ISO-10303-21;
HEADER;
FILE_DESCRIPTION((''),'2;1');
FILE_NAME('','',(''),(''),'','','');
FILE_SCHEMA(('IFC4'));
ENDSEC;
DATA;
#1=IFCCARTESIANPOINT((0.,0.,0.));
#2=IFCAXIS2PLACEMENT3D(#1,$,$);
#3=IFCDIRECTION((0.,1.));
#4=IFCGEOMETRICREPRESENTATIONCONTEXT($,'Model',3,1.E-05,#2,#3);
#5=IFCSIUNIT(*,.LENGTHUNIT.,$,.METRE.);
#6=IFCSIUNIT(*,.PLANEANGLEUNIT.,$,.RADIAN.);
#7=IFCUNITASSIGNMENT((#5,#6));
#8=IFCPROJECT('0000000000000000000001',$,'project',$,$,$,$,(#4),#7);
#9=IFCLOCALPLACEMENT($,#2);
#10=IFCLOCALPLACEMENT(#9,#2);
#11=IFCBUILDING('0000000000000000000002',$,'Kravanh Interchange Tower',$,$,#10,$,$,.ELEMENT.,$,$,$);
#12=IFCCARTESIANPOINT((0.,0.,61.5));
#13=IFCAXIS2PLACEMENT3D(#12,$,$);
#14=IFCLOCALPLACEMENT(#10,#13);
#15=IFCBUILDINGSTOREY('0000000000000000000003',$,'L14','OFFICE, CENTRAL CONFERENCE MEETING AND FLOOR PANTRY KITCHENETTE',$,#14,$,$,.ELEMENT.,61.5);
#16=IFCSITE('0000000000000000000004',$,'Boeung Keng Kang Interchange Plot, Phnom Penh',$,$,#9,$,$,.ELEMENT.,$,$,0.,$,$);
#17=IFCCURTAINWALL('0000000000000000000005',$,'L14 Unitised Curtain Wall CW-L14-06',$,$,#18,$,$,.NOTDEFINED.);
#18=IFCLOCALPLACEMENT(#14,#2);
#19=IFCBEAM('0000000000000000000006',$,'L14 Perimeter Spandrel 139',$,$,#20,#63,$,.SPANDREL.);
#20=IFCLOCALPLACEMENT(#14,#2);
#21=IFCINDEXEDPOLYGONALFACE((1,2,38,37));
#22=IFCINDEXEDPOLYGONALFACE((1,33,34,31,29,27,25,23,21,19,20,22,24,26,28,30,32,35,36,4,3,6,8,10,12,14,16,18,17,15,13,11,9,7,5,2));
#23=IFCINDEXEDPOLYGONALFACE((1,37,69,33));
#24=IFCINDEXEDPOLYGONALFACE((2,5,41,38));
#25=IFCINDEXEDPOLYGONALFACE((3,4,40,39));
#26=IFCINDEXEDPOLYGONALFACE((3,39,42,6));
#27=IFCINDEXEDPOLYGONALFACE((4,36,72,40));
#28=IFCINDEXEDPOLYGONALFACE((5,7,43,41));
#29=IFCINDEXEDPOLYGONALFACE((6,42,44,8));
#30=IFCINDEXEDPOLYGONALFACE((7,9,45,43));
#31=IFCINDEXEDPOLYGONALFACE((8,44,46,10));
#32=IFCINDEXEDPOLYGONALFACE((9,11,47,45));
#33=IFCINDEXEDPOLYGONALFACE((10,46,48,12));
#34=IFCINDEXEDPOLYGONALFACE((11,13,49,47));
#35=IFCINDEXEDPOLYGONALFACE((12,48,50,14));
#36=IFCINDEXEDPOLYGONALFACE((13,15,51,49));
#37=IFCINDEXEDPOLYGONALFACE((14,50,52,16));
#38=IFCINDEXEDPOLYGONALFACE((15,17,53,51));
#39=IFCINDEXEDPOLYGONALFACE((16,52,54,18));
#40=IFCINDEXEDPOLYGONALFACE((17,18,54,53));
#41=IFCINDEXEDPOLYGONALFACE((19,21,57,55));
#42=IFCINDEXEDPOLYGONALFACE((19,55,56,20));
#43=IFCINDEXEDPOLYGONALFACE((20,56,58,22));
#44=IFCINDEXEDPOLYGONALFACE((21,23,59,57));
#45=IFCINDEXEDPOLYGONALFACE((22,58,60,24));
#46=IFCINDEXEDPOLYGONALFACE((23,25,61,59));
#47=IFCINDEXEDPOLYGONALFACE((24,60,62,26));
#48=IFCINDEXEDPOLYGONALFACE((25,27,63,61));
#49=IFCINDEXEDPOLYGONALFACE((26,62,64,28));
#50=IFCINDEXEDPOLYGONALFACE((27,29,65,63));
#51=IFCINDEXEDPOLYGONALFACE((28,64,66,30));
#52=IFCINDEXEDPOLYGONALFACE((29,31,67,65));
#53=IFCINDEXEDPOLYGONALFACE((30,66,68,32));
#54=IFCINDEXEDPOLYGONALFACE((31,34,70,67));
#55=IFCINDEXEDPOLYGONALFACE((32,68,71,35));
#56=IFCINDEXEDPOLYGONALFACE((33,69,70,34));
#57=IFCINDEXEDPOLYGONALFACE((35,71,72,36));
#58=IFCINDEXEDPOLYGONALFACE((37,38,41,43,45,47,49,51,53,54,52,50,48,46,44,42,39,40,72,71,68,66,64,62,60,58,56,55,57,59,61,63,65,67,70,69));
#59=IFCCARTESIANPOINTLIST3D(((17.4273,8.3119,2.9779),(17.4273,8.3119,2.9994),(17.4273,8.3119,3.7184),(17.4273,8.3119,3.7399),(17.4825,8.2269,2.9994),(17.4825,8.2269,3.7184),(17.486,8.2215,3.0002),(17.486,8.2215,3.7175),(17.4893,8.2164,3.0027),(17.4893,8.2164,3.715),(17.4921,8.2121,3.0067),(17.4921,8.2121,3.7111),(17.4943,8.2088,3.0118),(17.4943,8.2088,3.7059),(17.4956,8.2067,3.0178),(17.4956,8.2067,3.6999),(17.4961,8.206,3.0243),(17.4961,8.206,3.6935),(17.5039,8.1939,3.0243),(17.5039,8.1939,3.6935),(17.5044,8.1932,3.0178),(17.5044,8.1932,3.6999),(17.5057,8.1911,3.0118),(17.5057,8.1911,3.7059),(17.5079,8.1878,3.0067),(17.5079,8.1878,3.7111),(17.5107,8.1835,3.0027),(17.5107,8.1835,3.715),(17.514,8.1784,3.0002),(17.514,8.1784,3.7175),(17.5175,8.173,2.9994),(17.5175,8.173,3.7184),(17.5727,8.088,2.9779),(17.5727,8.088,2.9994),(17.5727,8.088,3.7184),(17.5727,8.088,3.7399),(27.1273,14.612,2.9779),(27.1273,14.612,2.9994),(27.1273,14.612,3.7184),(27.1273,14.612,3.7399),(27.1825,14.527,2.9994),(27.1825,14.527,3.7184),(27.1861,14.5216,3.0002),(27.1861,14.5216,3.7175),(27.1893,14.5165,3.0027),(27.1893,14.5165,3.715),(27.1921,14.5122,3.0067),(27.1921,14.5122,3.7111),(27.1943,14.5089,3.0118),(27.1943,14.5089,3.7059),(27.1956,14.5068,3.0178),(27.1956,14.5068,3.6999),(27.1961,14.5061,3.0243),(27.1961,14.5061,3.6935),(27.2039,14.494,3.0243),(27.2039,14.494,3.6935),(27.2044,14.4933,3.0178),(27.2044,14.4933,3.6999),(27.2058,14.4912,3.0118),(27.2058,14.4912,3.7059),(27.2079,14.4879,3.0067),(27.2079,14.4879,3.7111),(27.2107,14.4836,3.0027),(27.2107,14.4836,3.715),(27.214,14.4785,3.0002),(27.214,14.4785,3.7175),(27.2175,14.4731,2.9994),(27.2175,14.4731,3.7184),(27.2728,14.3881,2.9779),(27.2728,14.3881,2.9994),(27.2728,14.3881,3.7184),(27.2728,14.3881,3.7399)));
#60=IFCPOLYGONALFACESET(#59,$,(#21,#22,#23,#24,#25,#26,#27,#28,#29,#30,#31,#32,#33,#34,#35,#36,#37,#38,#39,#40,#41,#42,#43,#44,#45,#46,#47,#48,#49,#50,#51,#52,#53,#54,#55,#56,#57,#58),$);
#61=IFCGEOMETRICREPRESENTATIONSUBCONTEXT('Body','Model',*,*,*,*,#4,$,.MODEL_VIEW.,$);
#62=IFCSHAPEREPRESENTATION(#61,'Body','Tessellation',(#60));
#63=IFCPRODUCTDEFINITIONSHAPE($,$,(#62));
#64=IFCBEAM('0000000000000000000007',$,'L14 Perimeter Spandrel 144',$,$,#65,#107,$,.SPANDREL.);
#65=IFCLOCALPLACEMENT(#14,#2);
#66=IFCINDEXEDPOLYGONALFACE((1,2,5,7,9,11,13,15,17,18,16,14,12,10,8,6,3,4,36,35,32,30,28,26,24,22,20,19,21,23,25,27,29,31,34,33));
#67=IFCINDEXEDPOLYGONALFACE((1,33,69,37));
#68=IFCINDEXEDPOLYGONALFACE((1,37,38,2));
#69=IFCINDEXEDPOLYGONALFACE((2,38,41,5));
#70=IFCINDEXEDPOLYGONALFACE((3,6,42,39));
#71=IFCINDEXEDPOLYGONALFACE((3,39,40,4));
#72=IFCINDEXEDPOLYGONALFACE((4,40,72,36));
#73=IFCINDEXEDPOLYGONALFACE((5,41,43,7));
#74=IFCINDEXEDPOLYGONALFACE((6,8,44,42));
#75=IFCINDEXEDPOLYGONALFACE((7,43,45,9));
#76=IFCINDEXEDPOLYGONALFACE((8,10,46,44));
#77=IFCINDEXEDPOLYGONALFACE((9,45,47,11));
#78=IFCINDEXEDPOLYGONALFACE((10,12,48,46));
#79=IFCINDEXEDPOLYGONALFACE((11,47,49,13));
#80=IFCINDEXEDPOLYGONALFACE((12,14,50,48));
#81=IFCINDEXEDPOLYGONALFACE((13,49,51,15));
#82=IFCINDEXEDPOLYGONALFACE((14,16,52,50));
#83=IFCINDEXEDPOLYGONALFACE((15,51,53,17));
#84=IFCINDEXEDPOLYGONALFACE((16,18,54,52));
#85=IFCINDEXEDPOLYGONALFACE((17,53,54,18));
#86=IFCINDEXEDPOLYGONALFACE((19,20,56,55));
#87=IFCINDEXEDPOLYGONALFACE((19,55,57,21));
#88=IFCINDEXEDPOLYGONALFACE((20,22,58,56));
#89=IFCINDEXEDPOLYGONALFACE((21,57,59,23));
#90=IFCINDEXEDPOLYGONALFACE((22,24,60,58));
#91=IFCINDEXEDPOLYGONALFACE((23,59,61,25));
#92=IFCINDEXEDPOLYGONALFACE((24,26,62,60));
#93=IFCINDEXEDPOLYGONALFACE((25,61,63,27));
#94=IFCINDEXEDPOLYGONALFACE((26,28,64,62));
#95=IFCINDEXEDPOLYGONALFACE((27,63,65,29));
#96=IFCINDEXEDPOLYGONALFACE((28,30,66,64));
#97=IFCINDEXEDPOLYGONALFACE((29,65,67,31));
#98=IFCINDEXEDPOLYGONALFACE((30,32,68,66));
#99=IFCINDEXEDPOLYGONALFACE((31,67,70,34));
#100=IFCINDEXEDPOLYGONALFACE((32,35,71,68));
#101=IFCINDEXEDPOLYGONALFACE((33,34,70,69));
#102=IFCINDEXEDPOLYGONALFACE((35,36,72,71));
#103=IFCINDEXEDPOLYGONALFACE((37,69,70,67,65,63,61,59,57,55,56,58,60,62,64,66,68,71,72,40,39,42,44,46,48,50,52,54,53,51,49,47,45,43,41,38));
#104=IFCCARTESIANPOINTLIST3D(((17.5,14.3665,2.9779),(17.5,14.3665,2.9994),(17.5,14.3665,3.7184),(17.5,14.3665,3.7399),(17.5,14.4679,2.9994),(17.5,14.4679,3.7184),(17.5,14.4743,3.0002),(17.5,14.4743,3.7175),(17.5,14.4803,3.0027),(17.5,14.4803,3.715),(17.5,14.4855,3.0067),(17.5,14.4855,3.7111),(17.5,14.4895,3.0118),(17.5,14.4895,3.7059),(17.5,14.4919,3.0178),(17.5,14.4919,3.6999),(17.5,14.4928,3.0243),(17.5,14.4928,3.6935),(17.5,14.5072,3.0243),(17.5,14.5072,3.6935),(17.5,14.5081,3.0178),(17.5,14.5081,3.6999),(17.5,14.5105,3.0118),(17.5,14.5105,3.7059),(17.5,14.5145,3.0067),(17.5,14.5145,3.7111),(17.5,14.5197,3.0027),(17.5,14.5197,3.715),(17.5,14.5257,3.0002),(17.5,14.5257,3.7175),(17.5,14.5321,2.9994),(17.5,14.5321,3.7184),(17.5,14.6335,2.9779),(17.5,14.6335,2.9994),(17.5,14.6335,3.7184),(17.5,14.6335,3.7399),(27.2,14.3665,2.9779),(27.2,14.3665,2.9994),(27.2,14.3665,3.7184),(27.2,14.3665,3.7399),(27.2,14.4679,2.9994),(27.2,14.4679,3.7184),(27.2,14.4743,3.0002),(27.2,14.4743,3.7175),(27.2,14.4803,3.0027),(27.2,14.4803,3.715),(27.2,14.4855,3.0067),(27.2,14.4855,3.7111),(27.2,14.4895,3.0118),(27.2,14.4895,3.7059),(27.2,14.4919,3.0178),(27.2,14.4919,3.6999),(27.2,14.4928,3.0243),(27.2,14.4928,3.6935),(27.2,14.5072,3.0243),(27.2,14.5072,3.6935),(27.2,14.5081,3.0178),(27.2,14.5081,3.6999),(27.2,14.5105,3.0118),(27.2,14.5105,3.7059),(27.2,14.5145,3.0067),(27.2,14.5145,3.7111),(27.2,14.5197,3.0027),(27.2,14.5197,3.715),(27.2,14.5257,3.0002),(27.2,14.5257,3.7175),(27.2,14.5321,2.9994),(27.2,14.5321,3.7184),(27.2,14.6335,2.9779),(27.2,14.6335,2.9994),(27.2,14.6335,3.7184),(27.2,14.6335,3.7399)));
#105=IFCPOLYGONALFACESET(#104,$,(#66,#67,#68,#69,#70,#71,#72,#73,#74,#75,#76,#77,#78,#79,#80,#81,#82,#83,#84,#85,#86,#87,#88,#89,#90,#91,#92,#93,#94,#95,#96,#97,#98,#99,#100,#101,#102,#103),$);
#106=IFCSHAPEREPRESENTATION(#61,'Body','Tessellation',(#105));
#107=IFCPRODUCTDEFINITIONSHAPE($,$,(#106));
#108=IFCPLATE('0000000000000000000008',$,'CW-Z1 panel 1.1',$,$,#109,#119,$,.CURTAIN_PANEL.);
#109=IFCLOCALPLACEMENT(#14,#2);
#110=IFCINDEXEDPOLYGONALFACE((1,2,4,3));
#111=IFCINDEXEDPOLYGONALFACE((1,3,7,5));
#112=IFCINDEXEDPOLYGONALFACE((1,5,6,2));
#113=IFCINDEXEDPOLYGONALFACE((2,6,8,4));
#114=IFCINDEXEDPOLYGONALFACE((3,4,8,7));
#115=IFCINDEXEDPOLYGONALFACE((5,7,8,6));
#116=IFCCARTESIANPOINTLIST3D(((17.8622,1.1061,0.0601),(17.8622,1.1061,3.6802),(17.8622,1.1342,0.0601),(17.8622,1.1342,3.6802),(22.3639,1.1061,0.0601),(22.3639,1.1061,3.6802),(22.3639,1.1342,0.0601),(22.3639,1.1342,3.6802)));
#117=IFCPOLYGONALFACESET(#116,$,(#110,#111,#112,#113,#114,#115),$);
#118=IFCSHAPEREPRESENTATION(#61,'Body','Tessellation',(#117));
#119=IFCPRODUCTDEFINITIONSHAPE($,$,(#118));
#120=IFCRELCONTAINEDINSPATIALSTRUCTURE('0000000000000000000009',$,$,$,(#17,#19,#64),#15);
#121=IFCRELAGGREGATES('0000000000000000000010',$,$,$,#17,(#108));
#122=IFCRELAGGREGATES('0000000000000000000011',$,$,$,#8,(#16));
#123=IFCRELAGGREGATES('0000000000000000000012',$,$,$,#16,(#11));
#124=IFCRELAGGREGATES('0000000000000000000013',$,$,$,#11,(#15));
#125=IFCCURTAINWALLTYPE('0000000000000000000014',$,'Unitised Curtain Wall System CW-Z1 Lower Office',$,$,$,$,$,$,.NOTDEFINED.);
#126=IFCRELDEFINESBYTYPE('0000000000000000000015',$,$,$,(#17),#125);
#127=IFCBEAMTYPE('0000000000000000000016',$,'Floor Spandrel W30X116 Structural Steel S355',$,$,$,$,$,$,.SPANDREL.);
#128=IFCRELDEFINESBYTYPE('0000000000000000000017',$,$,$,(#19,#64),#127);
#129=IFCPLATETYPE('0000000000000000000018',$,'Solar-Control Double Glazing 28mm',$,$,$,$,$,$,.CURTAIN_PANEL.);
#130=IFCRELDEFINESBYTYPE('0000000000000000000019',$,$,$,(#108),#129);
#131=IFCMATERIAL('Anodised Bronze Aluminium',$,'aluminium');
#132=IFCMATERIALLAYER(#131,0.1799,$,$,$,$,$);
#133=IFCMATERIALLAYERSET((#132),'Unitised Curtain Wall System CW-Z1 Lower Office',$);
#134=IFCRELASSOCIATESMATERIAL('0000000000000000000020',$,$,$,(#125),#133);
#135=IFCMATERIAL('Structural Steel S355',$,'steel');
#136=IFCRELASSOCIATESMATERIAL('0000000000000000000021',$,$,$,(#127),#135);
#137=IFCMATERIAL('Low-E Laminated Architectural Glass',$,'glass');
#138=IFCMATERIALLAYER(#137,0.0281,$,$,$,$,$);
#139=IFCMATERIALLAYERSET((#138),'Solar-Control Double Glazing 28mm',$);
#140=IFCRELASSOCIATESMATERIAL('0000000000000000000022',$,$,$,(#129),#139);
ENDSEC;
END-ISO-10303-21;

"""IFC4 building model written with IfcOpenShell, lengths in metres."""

from ifc_helpers import new_model, si_unit, direction, frame, origin, origin_2d, place, context, subcontext, project, spatial, rectangle, i_section, extrude, material, layer, layer_set, material_profile, profile_set, type_object, element, aggregate, save


model = new_model("IFC4")

# Units and contexts
model_context = context("Model", 3, precision=1e-05, world=origin(), true_north=direction((0.0, 1.0)))
body_context = subcontext(model_context, "Body", "Model", "MODEL_VIEW")
ifc_project = project(units=[si_unit("LENGTHUNIT", "METRE"), si_unit("PLANEANGLEUNIT", "RADIAN")], contexts=[model_context])

# Site, building, storey
site_placement = place(None, origin())
site = spatial("IfcSite", under=ifc_project, at=site_placement, Name="Boeung Keng Kang Interchange Plot, Phnom Penh", CompositionType="ELEMENT", RefElevation=0.0)
building_placement = place(site_placement, origin())
building = spatial("IfcBuilding", under=site, at=building_placement, Name="Kravanh Interchange Tower", CompositionType="ELEMENT")
storey_placement = place(building_placement, frame((0.0, 0.0, 61.5)))
storey = spatial("IfcBuildingStorey", under=building, at=storey_placement, Name="L14", Description="OFFICE, CENTRAL CONFERENCE MEETING AND FLOOR PANTRY KITCHENETTE", CompositionType="ELEMENT", Elevation=61.5)

# Curtain wall
ifc_material_1 = material(Name="Anodised Bronze Aluminium", Category="aluminium")
ifc_layer_1 = layer(ifc_material_1, 0.1799)
ifc_layer_set_1 = layer_set([ifc_layer_1], Name="Unitised Curtain Wall System CW-Z1 Lower Office")
curtain_wall_type = type_object("IfcCurtainWallType", Name="Unitised Curtain Wall System CW-Z1 Lower Office", PredefinedType="NOTDEFINED", material=ifc_layer_set_1)
curtain_wall_placement = place(storey_placement, origin())
curtain_wall = element("IfcCurtainWall", 1, at=curtain_wall_placement, inside=storey, type_object=curtain_wall_type, Name="L14 Unitised Curtain Wall CW-L14-06", PredefinedType="NOTDEFINED")

# Beams
ifc_material_2 = material(Name="Structural Steel S355", Category="steel")
ifc_material_profile_1 = material_profile(ifc_material_2, i_section(OverallWidth=0.2671, OverallDepth=0.762, WebThickness=0.0144, FlangeThickness=0.0215, FilletRadius=0.0249, at=origin_2d()), Name="W30X116")
ifc_profile_set_1 = profile_set([ifc_material_profile_1], Name="Structural Steel S355")
beam_type_1 = type_object("IfcBeamType", Name="Floor Spandrel W30X116 Structural Steel S355", PredefinedType="SPANDREL", material=ifc_profile_set_1)
beam_1_placement = place(storey_placement, frame((17.5, 8.2, 3.3589), z_axis=(0.838638, 0.544689, 0.0), x_axis=(-0.544689, 0.838638, 0.0)))
element("IfcBeam", 2, at=beam_1_placement, inside=storey, type_object=beam_type_1, Name="L14 Perimeter Spandrel 139", PredefinedType="SPANDREL", context=body_context, shape_type="SweptSolid", body=[
    extrude(i_section(OverallWidth=0.2671, OverallDepth=0.762, WebThickness=0.0144, FlangeThickness=0.0215, FilletRadius=0.0249, at=origin_2d()), origin(), (0.0, 0.0, 1.0), 11.5664),
])
beam_2_placement = place(storey_placement, frame((17.5, 14.5, 3.3589), z_axis=(1.0, 0.0, 0.0), x_axis=(0.0, 1.0, 0.0)))
element("IfcBeam", 3, at=beam_2_placement, inside=storey, type_object=beam_type_1, Name="L14 Perimeter Spandrel 144", PredefinedType="SPANDREL", context=body_context, shape_type="SweptSolid", body=[
    extrude(i_section(OverallWidth=0.2671, OverallDepth=0.762, WebThickness=0.0144, FlangeThickness=0.0215, FilletRadius=0.0249, at=origin_2d()), origin(), (0.0, 0.0, 1.0), 9.7),
])

# Plate
ifc_material_3 = material(Name="Low-E Laminated Architectural Glass", Category="glass")
ifc_layer_2 = layer(ifc_material_3, 0.0281)
ifc_layer_set_2 = layer_set([ifc_layer_2], Name="Solar-Control Double Glazing 28mm")
plate_type = type_object("IfcPlateType", Name="Solar-Control Double Glazing 28mm", PredefinedType="CURTAIN_PANEL", material=ifc_layer_set_2)
plate_placement = place(storey_placement, frame((20.113, 1.1201, 0.0601), z_axis=(0.0, 0.0, 1.0), x_axis=(-1.0, 0.0, 0.0)))
plate = element("IfcPlate", 4, at=plate_placement, type_object=plate_type, Name="CW-Z1 panel 1.1", PredefinedType="CURTAIN_PANEL", context=body_context, shape_type="SweptSolid", body=[
    extrude(rectangle(XDim=4.5017, YDim=0.0281, at=origin_2d()), origin(), (0.0, 0.0, 1.0), 3.6201),
])
aggregate(curtain_wall, [plate])

save(model, "model.ifc")
